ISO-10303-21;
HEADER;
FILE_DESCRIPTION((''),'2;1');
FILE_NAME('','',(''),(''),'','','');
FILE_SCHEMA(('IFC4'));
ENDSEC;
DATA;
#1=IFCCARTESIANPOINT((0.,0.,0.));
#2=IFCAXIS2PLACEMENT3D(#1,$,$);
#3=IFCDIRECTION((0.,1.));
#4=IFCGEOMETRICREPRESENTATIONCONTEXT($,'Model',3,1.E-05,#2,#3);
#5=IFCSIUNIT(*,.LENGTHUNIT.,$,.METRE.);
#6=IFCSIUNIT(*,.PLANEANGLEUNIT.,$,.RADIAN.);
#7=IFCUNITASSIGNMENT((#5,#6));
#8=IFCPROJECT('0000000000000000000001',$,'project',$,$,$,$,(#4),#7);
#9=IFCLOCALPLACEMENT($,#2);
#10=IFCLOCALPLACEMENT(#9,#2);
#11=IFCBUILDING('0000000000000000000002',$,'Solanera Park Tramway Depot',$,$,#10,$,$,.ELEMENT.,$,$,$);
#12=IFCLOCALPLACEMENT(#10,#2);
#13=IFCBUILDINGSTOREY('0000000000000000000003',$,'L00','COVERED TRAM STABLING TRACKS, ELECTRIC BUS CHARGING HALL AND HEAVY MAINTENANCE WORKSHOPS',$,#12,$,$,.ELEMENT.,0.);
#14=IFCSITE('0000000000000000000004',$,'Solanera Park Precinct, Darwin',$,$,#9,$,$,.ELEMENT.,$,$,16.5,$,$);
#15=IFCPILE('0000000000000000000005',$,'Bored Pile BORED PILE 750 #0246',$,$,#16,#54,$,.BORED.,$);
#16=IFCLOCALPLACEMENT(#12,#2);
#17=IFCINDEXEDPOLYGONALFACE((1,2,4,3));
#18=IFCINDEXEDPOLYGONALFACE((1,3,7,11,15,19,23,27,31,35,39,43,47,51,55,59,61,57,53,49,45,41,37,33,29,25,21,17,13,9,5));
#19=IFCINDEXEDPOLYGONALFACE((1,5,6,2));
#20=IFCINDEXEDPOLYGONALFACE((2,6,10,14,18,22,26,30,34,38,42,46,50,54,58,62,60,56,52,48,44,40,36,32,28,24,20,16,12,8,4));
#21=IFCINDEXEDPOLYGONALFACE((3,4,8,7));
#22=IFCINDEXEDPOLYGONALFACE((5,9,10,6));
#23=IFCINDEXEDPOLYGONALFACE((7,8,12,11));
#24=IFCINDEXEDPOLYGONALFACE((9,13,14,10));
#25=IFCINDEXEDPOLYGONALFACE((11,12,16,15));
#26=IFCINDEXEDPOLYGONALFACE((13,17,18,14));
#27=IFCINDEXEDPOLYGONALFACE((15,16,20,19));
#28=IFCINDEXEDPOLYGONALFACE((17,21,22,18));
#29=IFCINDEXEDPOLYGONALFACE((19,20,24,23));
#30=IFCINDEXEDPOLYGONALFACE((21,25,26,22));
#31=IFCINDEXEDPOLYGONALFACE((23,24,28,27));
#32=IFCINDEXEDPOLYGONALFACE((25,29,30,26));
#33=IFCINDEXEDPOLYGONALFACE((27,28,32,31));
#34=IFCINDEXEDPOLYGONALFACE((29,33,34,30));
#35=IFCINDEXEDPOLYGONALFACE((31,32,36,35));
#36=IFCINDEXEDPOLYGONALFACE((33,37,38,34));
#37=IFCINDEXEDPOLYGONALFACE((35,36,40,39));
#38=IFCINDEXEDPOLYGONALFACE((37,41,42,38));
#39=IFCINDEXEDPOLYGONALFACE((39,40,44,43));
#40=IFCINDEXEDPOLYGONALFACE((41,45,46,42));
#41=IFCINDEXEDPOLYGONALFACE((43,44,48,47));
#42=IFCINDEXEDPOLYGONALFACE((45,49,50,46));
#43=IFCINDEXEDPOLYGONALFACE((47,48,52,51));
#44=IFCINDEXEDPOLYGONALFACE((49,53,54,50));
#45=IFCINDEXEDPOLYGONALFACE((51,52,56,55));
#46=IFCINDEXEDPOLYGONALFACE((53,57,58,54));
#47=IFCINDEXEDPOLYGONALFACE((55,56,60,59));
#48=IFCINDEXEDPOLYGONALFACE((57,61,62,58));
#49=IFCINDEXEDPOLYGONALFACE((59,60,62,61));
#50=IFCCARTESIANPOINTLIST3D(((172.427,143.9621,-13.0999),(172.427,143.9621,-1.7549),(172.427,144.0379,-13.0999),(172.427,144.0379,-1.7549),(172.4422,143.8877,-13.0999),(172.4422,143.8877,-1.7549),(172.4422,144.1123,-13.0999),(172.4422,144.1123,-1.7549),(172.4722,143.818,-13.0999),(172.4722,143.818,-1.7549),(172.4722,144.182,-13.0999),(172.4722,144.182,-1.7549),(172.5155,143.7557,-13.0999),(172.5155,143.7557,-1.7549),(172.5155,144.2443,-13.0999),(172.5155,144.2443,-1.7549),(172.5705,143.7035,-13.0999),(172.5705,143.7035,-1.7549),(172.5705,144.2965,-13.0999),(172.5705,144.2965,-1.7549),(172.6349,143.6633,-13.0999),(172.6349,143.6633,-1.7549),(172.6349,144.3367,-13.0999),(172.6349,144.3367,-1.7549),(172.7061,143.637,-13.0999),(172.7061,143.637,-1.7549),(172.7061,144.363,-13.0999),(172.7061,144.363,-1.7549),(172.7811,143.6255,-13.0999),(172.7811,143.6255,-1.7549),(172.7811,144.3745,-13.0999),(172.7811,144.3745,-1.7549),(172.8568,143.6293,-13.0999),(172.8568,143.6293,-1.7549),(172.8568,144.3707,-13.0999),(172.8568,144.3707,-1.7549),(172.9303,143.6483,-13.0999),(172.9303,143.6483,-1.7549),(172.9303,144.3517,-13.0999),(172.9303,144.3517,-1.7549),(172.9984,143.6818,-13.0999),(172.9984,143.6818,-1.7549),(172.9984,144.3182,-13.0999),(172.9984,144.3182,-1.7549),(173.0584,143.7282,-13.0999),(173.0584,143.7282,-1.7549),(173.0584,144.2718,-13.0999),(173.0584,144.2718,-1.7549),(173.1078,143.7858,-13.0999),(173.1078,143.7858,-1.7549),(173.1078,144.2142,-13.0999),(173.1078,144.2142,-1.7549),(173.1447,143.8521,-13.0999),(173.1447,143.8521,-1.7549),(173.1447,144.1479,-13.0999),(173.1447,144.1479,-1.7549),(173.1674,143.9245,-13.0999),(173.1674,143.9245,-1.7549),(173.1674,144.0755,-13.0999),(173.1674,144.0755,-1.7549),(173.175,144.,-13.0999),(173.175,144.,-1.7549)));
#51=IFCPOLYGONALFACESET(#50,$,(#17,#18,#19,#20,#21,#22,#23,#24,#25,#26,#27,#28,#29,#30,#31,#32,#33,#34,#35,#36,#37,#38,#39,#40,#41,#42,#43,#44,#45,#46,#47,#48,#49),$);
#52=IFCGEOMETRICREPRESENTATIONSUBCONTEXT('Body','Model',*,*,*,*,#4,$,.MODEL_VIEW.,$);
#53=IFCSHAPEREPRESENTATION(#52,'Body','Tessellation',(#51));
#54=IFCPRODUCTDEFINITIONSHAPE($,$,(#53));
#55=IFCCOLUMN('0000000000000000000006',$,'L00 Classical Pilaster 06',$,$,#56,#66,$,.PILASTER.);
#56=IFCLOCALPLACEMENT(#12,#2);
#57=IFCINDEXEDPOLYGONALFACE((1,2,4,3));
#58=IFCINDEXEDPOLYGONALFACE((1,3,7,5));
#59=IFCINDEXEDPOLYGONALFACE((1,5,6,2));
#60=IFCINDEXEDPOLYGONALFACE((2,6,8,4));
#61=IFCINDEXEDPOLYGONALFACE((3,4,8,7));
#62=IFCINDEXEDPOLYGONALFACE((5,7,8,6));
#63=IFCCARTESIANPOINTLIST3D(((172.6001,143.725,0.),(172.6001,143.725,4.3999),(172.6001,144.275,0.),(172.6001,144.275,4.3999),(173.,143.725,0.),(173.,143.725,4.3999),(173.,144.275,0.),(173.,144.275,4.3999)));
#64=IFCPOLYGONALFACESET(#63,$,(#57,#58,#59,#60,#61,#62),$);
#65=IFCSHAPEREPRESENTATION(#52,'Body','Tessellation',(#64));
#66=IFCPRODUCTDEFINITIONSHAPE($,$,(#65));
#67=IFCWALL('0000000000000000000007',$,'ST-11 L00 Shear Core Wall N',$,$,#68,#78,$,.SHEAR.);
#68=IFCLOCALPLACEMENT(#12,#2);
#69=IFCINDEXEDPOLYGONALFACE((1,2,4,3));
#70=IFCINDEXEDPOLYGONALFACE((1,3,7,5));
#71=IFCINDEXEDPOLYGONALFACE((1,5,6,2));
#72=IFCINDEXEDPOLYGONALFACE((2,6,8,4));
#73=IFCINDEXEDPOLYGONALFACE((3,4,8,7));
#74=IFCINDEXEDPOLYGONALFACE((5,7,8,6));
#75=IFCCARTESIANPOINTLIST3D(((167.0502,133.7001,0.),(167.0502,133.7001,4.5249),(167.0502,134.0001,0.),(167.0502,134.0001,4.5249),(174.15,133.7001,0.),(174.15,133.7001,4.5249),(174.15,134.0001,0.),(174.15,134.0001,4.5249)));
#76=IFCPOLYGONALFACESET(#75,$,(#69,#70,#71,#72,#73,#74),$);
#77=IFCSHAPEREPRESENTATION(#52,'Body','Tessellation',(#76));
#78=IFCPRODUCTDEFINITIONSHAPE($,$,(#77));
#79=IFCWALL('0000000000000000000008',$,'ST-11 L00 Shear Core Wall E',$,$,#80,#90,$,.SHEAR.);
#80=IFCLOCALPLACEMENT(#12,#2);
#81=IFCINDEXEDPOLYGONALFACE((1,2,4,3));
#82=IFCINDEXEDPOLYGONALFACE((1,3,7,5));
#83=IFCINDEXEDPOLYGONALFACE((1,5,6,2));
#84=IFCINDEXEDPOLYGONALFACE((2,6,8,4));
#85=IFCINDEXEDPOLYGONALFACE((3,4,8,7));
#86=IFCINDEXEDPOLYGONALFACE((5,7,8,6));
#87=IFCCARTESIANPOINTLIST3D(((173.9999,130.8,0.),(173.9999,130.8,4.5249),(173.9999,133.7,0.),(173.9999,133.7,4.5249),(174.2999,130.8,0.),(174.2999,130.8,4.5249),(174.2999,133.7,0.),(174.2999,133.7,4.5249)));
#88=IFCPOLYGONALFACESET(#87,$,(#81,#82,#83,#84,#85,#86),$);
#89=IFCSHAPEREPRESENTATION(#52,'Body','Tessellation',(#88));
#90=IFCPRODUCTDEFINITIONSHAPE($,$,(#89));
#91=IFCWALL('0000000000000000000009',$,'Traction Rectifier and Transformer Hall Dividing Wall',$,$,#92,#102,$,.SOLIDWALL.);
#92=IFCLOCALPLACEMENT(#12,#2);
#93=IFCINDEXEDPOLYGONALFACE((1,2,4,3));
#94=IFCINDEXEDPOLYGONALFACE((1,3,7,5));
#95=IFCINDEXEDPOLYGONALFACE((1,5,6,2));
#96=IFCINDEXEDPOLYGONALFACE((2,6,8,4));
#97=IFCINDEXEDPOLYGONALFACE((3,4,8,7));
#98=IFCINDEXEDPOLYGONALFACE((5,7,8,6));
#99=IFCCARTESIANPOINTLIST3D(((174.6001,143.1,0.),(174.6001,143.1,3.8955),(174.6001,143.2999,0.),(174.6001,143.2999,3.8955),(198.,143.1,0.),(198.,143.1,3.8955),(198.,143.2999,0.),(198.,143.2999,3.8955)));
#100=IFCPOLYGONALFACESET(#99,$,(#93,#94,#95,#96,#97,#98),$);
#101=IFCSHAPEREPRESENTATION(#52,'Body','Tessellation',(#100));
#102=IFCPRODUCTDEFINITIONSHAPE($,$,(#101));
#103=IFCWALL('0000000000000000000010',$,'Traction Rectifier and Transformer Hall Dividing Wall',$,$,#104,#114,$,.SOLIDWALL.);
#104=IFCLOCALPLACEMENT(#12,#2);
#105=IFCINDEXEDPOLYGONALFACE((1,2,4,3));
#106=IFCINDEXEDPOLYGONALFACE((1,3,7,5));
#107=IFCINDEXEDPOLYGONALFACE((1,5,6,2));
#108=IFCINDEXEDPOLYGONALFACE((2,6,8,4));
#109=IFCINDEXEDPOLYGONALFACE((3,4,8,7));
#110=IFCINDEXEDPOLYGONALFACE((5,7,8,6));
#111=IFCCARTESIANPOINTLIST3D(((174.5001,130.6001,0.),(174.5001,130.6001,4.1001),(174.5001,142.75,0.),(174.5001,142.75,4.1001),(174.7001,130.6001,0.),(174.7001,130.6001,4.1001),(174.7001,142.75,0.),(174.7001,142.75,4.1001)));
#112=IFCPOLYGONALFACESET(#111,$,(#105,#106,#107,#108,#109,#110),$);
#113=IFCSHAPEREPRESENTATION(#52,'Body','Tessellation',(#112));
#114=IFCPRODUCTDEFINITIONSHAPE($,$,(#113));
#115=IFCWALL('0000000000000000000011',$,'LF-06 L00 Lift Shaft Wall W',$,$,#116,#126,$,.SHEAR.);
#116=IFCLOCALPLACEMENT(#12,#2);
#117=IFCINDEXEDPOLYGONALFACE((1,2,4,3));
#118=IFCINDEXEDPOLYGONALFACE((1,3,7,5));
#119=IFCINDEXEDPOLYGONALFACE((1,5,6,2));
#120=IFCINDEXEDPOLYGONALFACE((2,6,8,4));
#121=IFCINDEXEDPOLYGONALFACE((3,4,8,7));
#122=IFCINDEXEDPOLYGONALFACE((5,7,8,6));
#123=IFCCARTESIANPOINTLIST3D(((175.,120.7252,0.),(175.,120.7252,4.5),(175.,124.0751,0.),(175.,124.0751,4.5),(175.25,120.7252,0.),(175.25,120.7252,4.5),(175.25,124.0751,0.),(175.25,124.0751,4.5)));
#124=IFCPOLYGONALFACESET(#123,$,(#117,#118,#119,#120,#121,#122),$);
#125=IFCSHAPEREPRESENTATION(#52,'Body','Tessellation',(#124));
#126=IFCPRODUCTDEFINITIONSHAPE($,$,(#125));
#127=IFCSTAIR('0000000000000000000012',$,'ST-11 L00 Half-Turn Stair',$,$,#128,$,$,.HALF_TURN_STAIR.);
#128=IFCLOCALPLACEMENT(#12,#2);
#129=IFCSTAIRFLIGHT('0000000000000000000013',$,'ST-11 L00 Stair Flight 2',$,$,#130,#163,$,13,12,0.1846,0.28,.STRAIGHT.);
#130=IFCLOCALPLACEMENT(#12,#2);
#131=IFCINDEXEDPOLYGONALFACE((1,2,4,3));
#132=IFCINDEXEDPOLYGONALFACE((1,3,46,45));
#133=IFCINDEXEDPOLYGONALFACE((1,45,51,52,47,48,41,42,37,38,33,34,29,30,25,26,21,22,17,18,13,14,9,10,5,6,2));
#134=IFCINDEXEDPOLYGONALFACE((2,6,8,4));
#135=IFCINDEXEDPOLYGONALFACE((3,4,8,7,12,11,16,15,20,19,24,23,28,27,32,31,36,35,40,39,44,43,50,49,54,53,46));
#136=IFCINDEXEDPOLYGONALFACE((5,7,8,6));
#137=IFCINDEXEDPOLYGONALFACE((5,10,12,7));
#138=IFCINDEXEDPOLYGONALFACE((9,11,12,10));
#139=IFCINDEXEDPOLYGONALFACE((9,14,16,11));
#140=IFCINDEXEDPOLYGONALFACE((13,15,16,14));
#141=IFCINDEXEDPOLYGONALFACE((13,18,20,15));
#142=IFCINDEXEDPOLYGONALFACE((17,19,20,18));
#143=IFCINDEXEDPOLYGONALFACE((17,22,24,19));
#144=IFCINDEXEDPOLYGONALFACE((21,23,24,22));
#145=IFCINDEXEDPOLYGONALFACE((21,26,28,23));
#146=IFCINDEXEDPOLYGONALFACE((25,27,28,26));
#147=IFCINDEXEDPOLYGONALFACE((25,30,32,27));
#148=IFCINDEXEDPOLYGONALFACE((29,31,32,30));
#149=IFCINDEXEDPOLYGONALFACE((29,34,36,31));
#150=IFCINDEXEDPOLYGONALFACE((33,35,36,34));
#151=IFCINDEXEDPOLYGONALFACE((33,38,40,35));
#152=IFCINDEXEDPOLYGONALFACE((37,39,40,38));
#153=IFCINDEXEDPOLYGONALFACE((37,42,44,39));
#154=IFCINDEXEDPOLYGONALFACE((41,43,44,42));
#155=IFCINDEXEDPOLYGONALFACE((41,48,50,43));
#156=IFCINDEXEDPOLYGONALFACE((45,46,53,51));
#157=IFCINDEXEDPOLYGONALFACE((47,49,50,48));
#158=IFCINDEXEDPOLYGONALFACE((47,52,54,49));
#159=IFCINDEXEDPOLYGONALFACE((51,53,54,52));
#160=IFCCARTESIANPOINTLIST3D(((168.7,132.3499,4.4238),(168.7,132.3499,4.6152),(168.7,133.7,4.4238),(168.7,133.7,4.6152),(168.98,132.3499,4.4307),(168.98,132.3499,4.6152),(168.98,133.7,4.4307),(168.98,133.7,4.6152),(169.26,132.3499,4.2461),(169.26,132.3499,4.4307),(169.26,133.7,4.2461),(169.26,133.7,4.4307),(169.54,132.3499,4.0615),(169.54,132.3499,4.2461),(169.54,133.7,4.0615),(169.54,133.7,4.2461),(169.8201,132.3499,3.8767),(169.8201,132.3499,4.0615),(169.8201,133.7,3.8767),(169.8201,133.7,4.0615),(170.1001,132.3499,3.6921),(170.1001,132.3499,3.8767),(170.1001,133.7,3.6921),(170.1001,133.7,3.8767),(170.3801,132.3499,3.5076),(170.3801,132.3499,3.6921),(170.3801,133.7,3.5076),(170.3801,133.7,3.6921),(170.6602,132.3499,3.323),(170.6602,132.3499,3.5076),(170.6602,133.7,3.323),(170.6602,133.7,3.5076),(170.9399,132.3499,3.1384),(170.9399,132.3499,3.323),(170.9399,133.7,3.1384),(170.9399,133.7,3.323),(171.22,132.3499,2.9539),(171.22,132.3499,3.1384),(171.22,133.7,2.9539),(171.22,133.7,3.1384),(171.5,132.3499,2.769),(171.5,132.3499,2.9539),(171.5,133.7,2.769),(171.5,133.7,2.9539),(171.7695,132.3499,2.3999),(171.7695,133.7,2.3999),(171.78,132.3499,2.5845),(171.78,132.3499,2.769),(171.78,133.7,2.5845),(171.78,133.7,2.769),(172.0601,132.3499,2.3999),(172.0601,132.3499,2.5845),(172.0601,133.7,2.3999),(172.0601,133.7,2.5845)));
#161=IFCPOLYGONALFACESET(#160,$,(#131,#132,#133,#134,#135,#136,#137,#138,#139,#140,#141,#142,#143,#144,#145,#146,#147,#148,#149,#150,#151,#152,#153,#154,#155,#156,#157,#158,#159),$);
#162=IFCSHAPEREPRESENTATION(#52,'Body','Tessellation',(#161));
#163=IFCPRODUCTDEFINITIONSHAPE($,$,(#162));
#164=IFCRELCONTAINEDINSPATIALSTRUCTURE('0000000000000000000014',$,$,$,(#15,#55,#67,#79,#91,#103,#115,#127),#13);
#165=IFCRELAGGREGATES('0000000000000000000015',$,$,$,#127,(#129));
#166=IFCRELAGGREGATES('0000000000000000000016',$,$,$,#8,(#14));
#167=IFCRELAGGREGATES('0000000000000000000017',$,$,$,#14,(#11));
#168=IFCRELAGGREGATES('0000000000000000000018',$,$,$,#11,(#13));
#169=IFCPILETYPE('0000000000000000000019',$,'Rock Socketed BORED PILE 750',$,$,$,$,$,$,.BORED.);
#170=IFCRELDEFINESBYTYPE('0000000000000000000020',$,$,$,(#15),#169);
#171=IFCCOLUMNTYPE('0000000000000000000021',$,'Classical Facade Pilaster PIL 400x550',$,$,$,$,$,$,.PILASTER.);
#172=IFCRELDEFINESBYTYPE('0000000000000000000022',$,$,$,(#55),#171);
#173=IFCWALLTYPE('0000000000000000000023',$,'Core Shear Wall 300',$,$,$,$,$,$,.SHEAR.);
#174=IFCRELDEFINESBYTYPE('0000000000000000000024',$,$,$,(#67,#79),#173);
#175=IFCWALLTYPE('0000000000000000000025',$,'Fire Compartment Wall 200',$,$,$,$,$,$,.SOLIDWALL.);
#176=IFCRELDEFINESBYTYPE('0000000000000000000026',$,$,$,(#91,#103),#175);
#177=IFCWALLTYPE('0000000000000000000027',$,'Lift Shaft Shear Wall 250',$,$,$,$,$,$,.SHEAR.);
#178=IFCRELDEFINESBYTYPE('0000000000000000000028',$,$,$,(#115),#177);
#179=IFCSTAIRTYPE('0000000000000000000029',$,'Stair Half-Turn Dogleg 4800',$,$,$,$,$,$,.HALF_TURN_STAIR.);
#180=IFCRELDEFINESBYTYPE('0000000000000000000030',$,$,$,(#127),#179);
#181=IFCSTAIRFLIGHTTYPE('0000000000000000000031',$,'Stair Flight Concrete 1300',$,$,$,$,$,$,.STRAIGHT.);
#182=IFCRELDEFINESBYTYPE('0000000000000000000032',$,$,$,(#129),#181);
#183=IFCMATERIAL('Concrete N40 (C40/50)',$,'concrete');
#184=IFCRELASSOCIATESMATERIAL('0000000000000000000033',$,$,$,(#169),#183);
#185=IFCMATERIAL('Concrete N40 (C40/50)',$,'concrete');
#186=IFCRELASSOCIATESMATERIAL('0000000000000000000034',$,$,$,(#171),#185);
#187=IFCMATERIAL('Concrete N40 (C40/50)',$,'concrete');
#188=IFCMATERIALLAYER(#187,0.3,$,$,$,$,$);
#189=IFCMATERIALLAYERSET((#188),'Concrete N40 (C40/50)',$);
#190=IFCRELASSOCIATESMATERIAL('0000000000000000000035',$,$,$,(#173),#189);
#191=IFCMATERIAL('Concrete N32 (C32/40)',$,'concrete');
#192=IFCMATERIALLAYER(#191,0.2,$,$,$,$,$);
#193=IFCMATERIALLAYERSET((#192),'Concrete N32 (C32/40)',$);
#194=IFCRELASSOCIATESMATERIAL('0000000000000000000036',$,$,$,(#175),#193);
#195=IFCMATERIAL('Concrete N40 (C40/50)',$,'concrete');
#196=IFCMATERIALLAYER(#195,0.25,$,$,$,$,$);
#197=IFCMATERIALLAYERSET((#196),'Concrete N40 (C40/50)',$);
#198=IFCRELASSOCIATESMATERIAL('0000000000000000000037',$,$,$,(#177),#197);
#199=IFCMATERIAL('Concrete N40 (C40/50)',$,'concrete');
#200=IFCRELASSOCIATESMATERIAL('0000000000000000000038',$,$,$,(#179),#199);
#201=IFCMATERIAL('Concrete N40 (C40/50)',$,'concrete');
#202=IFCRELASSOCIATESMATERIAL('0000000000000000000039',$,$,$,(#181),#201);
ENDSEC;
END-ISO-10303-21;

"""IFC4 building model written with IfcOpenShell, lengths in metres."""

from ifc_helpers import new_model, si_unit, direction, frame, frame_2d, origin, origin_2d, place, context, subcontext, project, spatial, polyline, rectangle, circle, outline, extrude, material, layer, layer_set, material_profile, profile_set, type_object, element, aggregate, save


model = new_model("IFC4")

# Units and contexts
model_context = context("Model", 3, precision=1e-05, world=origin(), true_north=direction((0.0, 1.0)))
body_context = subcontext(model_context, "Body", "Model", "MODEL_VIEW")
ifc_project = project(units=[si_unit("LENGTHUNIT", "METRE"), si_unit("PLANEANGLEUNIT", "RADIAN")], contexts=[model_context])

# Site, building, storey
site_placement = place(None, origin())
site = spatial("IfcSite", under=ifc_project, at=site_placement, Name="Solanera Park Precinct, Darwin", CompositionType="ELEMENT", RefElevation=16.5)
building_placement = place(site_placement, origin())
building = spatial("IfcBuilding", under=site, at=building_placement, Name="Solanera Park Tramway Depot", CompositionType="ELEMENT")
storey_placement = place(building_placement, origin())
storey = spatial("IfcBuildingStorey", under=building, at=storey_placement, Name="L00", Description="COVERED TRAM STABLING TRACKS, ELECTRIC BUS CHARGING HALL AND HEAVY MAINTENANCE WORKSHOPS", CompositionType="ELEMENT", Elevation=0.0)

# Pile
ifc_material_1 = material(Name="Concrete N40 (C40/50)", Category="concrete")
ifc_material_profile_1 = material_profile(ifc_material_1, circle(Radius=0.375, at=origin_2d()), Name="BORED PILE 750")
ifc_profile_set_1 = profile_set([ifc_material_profile_1], Name="Concrete N40 (C40/50)")
pile_type_1 = type_object("IfcPileType", Name="Rock Socketed BORED PILE 750", PredefinedType="BORED", material=ifc_profile_set_1)
pile_placement = place(storey_placement, frame((172.8, 144.0, -1.7549), z_axis=(0.0, 0.0, -1.0), x_axis=(1.0, 0.0, 0.0)))
element("IfcPile", 1, at=pile_placement, inside=storey, type_object=pile_type_1, Name="Bored Pile BORED PILE 750 #0246", PredefinedType="BORED", context=body_context, shape_type="SweptSolid", body=[
    extrude(circle(Radius=0.375, at=origin_2d()), origin(), (0.0, 0.0, 1.0), 11.345),
])

# Column
ifc_material_2 = material(Name="Concrete N40 (C40/50)", Category="concrete")
ifc_material_profile_2 = material_profile(ifc_material_2, rectangle(XDim=0.3999, YDim=0.55, at=origin_2d()), Name="PIL 400x550")
ifc_profile_set_2 = profile_set([ifc_material_profile_2], Name="Concrete N40 (C40/50)")
column_type = type_object("IfcColumnType", Name="Classical Facade Pilaster PIL 400x550", PredefinedType="PILASTER", material=ifc_profile_set_2)
column_placement = place(storey_placement, frame((172.8, 144.0, 0.0), z_axis=(0.0, 0.0, 1.0), x_axis=(1.0, 0.0, 0.0)))
element("IfcColumn", 2, at=column_placement, inside=storey, type_object=column_type, Name="L00 Classical Pilaster 06", PredefinedType="PILASTER", context=body_context, shape_type="SweptSolid", body=[
    extrude(rectangle(XDim=0.3999, YDim=0.55, at=origin_2d()), origin(), (0.0, 0.0, 1.0), 4.3999),
])

# Walls
ifc_material_3 = material(Name="Concrete N40 (C40/50)", Category="concrete")
ifc_layer_1 = layer(ifc_material_3, 0.3)
ifc_layer_set_1 = layer_set([ifc_layer_1], Name="Concrete N40 (C40/50)")
wall_type_1 = type_object("IfcWallType", Name="Core Shear Wall 300", PredefinedType="SHEAR", material=ifc_layer_set_1)
wall_1_placement = place(storey_placement, frame((174.1499, 133.8501, 0.0), z_axis=(0.0, 0.0, 1.0), x_axis=(-1.0, 0.0, 0.0)))
element("IfcWall", 3, at=wall_1_placement, inside=storey, type_object=wall_type_1, Name="ST-11 L00 Shear Core Wall N", PredefinedType="SHEAR", context=body_context, shape_type="SweptSolid", body=[
    extrude(rectangle(XDim=7.0999, YDim=0.3, at=frame_2d((3.5498, 0.0))), origin(), (0.0, 0.0, 1.0), 4.5249),
])
wall_2_placement = place(storey_placement, frame((174.1499, 130.8, 0.0), z_axis=(0.0, 0.0, 1.0), x_axis=(0.0, 1.0, 0.0)))
element("IfcWall", 4, at=wall_2_placement, inside=storey, type_object=wall_type_1, Name="ST-11 L00 Shear Core Wall E", PredefinedType="SHEAR", context=body_context, shape_type="SweptSolid", body=[
    extrude(rectangle(XDim=2.8999, YDim=0.3, at=frame_2d((1.45, 0.0))), origin(), (0.0, 0.0, 1.0), 4.5249),
])
ifc_material_4 = material(Name="Concrete N32 (C32/40)", Category="concrete")
ifc_layer_2 = layer(ifc_material_4, 0.2)
ifc_layer_set_2 = layer_set([ifc_layer_2], Name="Concrete N32 (C32/40)")
wall_type_2 = type_object("IfcWallType", Name="Fire Compartment Wall 200", PredefinedType="SOLIDWALL", material=ifc_layer_set_2)
wall_3_placement = place(storey_placement, frame((174.6001, 143.2, 0.0), z_axis=(0.0, 0.0, 1.0), x_axis=(1.0, 0.0, 0.0)))
element("IfcWall", 5, at=wall_3_placement, inside=storey, type_object=wall_type_2, Name="Traction Rectifier and Transformer Hall Dividing Wall", PredefinedType="SOLIDWALL", context=body_context, shape_type="SweptSolid", body=[
    extrude(rectangle(XDim=23.3999, YDim=0.2, at=frame_2d((11.7, 0.0))), origin(), (0.0, 0.0, 1.0), 3.8955),
])
wall_4_placement = place(storey_placement, frame((174.6001, 142.75, 0.0), z_axis=(0.0, 0.0, 1.0), x_axis=(0.0, -1.0, 0.0)))
element("IfcWall", 6, at=wall_4_placement, inside=storey, type_object=wall_type_2, Name="Traction Rectifier and Transformer Hall Dividing Wall", PredefinedType="SOLIDWALL", context=body_context, shape_type="SweptSolid", body=[
    extrude(rectangle(XDim=12.1499, YDim=0.2, at=frame_2d((6.075, 0.0))), origin(), (0.0, 0.0, 1.0), 4.1001),
])
ifc_material_5 = material(Name="Concrete N40 (C40/50)", Category="concrete")
ifc_layer_3 = layer(ifc_material_5, 0.25)
ifc_layer_set_3 = layer_set([ifc_layer_3], Name="Concrete N40 (C40/50)")
wall_type_3 = type_object("IfcWallType", Name="Lift Shaft Shear Wall 250", PredefinedType="SHEAR", material=ifc_layer_set_3)
wall_5_placement = place(storey_placement, frame((175.125, 124.075, 0.0), z_axis=(0.0, 0.0, 1.0), x_axis=(0.0, -1.0, 0.0)))
element("IfcWall", 7, at=wall_5_placement, inside=storey, type_object=wall_type_3, Name="LF-06 L00 Lift Shaft Wall W", PredefinedType="SHEAR", context=body_context, shape_type="SweptSolid", body=[
    extrude(rectangle(XDim=3.3499, YDim=0.25, at=frame_2d((1.6748, 0.0))), origin(), (0.0, 0.0, 1.0), 4.5),
])

# Stair, stair flight
ifc_material_6 = material(Name="Concrete N40 (C40/50)", Category="concrete")
stair_type = type_object("IfcStairType", Name="Stair Half-Turn Dogleg 4800", PredefinedType="HALF_TURN_STAIR", material=ifc_material_6)
stair_placement = place(storey_placement, origin())
stair = element("IfcStair", 8, at=stair_placement, inside=storey, type_object=stair_type, Name="ST-11 L00 Half-Turn Stair", PredefinedType="HALF_TURN_STAIR")
ifc_material_7 = material(Name="Concrete N40 (C40/50)", Category="concrete")
stair_flight_type = type_object("IfcStairFlightType", Name="Stair Flight Concrete 1300", PredefinedType="STRAIGHT", material=ifc_material_7)
stair_flight_placement = place(storey_placement, frame((172.0601, 133.0249, 2.3999), z_axis=(0.0, 0.0, 1.0), x_axis=(-1.0, 0.0, 0.0)))
stair_flight = element("IfcStairFlight", 9, at=stair_flight_placement, type_object=stair_flight_type, Name="ST-11 L00 Stair Flight 2", NumberOfRisers=13, NumberOfTreads=12, PredefinedType="STRAIGHT", RiserHeight=0.1846, TreadLength=0.28, context=body_context, shape_type="SweptSolid", body=[
    extrude(outline(polyline([(0.0, 0.0), (0.0, 0.1846), (0.28, 0.1846), (0.28, 0.3691), (0.5601, 0.3691), (0.5601, 0.554), (0.8401, 0.554), (0.8401, 0.7385), (1.1201, 0.7385), (1.1201, 0.9231), (1.3999, 0.9231), (1.3999, 1.1077), (1.6799, 1.1077), (1.6799, 1.2922), (1.96, 1.2922), (1.96, 1.4768), (2.24, 1.4768), (2.24, 1.6616), (2.52, 1.6616), (2.52, 1.8462), (2.8, 1.8462), (2.8, 2.0308), (3.0801, 2.0308), (3.0801, 2.2153), (3.3601, 2.2153), (3.3601, 2.3999), (3.3601, 2.0239), (0.2905, 0.0), (0.0, 0.0)])), frame((0.0, 0.675, 0.0), z_axis=(0.0, -1.0, 0.0), x_axis=(1.0, 0.0, 0.0)), (0.0, 0.0, 1.0), 1.3501),
])
aggregate(stair, [stair_flight])

save(model, "model.ifc")
